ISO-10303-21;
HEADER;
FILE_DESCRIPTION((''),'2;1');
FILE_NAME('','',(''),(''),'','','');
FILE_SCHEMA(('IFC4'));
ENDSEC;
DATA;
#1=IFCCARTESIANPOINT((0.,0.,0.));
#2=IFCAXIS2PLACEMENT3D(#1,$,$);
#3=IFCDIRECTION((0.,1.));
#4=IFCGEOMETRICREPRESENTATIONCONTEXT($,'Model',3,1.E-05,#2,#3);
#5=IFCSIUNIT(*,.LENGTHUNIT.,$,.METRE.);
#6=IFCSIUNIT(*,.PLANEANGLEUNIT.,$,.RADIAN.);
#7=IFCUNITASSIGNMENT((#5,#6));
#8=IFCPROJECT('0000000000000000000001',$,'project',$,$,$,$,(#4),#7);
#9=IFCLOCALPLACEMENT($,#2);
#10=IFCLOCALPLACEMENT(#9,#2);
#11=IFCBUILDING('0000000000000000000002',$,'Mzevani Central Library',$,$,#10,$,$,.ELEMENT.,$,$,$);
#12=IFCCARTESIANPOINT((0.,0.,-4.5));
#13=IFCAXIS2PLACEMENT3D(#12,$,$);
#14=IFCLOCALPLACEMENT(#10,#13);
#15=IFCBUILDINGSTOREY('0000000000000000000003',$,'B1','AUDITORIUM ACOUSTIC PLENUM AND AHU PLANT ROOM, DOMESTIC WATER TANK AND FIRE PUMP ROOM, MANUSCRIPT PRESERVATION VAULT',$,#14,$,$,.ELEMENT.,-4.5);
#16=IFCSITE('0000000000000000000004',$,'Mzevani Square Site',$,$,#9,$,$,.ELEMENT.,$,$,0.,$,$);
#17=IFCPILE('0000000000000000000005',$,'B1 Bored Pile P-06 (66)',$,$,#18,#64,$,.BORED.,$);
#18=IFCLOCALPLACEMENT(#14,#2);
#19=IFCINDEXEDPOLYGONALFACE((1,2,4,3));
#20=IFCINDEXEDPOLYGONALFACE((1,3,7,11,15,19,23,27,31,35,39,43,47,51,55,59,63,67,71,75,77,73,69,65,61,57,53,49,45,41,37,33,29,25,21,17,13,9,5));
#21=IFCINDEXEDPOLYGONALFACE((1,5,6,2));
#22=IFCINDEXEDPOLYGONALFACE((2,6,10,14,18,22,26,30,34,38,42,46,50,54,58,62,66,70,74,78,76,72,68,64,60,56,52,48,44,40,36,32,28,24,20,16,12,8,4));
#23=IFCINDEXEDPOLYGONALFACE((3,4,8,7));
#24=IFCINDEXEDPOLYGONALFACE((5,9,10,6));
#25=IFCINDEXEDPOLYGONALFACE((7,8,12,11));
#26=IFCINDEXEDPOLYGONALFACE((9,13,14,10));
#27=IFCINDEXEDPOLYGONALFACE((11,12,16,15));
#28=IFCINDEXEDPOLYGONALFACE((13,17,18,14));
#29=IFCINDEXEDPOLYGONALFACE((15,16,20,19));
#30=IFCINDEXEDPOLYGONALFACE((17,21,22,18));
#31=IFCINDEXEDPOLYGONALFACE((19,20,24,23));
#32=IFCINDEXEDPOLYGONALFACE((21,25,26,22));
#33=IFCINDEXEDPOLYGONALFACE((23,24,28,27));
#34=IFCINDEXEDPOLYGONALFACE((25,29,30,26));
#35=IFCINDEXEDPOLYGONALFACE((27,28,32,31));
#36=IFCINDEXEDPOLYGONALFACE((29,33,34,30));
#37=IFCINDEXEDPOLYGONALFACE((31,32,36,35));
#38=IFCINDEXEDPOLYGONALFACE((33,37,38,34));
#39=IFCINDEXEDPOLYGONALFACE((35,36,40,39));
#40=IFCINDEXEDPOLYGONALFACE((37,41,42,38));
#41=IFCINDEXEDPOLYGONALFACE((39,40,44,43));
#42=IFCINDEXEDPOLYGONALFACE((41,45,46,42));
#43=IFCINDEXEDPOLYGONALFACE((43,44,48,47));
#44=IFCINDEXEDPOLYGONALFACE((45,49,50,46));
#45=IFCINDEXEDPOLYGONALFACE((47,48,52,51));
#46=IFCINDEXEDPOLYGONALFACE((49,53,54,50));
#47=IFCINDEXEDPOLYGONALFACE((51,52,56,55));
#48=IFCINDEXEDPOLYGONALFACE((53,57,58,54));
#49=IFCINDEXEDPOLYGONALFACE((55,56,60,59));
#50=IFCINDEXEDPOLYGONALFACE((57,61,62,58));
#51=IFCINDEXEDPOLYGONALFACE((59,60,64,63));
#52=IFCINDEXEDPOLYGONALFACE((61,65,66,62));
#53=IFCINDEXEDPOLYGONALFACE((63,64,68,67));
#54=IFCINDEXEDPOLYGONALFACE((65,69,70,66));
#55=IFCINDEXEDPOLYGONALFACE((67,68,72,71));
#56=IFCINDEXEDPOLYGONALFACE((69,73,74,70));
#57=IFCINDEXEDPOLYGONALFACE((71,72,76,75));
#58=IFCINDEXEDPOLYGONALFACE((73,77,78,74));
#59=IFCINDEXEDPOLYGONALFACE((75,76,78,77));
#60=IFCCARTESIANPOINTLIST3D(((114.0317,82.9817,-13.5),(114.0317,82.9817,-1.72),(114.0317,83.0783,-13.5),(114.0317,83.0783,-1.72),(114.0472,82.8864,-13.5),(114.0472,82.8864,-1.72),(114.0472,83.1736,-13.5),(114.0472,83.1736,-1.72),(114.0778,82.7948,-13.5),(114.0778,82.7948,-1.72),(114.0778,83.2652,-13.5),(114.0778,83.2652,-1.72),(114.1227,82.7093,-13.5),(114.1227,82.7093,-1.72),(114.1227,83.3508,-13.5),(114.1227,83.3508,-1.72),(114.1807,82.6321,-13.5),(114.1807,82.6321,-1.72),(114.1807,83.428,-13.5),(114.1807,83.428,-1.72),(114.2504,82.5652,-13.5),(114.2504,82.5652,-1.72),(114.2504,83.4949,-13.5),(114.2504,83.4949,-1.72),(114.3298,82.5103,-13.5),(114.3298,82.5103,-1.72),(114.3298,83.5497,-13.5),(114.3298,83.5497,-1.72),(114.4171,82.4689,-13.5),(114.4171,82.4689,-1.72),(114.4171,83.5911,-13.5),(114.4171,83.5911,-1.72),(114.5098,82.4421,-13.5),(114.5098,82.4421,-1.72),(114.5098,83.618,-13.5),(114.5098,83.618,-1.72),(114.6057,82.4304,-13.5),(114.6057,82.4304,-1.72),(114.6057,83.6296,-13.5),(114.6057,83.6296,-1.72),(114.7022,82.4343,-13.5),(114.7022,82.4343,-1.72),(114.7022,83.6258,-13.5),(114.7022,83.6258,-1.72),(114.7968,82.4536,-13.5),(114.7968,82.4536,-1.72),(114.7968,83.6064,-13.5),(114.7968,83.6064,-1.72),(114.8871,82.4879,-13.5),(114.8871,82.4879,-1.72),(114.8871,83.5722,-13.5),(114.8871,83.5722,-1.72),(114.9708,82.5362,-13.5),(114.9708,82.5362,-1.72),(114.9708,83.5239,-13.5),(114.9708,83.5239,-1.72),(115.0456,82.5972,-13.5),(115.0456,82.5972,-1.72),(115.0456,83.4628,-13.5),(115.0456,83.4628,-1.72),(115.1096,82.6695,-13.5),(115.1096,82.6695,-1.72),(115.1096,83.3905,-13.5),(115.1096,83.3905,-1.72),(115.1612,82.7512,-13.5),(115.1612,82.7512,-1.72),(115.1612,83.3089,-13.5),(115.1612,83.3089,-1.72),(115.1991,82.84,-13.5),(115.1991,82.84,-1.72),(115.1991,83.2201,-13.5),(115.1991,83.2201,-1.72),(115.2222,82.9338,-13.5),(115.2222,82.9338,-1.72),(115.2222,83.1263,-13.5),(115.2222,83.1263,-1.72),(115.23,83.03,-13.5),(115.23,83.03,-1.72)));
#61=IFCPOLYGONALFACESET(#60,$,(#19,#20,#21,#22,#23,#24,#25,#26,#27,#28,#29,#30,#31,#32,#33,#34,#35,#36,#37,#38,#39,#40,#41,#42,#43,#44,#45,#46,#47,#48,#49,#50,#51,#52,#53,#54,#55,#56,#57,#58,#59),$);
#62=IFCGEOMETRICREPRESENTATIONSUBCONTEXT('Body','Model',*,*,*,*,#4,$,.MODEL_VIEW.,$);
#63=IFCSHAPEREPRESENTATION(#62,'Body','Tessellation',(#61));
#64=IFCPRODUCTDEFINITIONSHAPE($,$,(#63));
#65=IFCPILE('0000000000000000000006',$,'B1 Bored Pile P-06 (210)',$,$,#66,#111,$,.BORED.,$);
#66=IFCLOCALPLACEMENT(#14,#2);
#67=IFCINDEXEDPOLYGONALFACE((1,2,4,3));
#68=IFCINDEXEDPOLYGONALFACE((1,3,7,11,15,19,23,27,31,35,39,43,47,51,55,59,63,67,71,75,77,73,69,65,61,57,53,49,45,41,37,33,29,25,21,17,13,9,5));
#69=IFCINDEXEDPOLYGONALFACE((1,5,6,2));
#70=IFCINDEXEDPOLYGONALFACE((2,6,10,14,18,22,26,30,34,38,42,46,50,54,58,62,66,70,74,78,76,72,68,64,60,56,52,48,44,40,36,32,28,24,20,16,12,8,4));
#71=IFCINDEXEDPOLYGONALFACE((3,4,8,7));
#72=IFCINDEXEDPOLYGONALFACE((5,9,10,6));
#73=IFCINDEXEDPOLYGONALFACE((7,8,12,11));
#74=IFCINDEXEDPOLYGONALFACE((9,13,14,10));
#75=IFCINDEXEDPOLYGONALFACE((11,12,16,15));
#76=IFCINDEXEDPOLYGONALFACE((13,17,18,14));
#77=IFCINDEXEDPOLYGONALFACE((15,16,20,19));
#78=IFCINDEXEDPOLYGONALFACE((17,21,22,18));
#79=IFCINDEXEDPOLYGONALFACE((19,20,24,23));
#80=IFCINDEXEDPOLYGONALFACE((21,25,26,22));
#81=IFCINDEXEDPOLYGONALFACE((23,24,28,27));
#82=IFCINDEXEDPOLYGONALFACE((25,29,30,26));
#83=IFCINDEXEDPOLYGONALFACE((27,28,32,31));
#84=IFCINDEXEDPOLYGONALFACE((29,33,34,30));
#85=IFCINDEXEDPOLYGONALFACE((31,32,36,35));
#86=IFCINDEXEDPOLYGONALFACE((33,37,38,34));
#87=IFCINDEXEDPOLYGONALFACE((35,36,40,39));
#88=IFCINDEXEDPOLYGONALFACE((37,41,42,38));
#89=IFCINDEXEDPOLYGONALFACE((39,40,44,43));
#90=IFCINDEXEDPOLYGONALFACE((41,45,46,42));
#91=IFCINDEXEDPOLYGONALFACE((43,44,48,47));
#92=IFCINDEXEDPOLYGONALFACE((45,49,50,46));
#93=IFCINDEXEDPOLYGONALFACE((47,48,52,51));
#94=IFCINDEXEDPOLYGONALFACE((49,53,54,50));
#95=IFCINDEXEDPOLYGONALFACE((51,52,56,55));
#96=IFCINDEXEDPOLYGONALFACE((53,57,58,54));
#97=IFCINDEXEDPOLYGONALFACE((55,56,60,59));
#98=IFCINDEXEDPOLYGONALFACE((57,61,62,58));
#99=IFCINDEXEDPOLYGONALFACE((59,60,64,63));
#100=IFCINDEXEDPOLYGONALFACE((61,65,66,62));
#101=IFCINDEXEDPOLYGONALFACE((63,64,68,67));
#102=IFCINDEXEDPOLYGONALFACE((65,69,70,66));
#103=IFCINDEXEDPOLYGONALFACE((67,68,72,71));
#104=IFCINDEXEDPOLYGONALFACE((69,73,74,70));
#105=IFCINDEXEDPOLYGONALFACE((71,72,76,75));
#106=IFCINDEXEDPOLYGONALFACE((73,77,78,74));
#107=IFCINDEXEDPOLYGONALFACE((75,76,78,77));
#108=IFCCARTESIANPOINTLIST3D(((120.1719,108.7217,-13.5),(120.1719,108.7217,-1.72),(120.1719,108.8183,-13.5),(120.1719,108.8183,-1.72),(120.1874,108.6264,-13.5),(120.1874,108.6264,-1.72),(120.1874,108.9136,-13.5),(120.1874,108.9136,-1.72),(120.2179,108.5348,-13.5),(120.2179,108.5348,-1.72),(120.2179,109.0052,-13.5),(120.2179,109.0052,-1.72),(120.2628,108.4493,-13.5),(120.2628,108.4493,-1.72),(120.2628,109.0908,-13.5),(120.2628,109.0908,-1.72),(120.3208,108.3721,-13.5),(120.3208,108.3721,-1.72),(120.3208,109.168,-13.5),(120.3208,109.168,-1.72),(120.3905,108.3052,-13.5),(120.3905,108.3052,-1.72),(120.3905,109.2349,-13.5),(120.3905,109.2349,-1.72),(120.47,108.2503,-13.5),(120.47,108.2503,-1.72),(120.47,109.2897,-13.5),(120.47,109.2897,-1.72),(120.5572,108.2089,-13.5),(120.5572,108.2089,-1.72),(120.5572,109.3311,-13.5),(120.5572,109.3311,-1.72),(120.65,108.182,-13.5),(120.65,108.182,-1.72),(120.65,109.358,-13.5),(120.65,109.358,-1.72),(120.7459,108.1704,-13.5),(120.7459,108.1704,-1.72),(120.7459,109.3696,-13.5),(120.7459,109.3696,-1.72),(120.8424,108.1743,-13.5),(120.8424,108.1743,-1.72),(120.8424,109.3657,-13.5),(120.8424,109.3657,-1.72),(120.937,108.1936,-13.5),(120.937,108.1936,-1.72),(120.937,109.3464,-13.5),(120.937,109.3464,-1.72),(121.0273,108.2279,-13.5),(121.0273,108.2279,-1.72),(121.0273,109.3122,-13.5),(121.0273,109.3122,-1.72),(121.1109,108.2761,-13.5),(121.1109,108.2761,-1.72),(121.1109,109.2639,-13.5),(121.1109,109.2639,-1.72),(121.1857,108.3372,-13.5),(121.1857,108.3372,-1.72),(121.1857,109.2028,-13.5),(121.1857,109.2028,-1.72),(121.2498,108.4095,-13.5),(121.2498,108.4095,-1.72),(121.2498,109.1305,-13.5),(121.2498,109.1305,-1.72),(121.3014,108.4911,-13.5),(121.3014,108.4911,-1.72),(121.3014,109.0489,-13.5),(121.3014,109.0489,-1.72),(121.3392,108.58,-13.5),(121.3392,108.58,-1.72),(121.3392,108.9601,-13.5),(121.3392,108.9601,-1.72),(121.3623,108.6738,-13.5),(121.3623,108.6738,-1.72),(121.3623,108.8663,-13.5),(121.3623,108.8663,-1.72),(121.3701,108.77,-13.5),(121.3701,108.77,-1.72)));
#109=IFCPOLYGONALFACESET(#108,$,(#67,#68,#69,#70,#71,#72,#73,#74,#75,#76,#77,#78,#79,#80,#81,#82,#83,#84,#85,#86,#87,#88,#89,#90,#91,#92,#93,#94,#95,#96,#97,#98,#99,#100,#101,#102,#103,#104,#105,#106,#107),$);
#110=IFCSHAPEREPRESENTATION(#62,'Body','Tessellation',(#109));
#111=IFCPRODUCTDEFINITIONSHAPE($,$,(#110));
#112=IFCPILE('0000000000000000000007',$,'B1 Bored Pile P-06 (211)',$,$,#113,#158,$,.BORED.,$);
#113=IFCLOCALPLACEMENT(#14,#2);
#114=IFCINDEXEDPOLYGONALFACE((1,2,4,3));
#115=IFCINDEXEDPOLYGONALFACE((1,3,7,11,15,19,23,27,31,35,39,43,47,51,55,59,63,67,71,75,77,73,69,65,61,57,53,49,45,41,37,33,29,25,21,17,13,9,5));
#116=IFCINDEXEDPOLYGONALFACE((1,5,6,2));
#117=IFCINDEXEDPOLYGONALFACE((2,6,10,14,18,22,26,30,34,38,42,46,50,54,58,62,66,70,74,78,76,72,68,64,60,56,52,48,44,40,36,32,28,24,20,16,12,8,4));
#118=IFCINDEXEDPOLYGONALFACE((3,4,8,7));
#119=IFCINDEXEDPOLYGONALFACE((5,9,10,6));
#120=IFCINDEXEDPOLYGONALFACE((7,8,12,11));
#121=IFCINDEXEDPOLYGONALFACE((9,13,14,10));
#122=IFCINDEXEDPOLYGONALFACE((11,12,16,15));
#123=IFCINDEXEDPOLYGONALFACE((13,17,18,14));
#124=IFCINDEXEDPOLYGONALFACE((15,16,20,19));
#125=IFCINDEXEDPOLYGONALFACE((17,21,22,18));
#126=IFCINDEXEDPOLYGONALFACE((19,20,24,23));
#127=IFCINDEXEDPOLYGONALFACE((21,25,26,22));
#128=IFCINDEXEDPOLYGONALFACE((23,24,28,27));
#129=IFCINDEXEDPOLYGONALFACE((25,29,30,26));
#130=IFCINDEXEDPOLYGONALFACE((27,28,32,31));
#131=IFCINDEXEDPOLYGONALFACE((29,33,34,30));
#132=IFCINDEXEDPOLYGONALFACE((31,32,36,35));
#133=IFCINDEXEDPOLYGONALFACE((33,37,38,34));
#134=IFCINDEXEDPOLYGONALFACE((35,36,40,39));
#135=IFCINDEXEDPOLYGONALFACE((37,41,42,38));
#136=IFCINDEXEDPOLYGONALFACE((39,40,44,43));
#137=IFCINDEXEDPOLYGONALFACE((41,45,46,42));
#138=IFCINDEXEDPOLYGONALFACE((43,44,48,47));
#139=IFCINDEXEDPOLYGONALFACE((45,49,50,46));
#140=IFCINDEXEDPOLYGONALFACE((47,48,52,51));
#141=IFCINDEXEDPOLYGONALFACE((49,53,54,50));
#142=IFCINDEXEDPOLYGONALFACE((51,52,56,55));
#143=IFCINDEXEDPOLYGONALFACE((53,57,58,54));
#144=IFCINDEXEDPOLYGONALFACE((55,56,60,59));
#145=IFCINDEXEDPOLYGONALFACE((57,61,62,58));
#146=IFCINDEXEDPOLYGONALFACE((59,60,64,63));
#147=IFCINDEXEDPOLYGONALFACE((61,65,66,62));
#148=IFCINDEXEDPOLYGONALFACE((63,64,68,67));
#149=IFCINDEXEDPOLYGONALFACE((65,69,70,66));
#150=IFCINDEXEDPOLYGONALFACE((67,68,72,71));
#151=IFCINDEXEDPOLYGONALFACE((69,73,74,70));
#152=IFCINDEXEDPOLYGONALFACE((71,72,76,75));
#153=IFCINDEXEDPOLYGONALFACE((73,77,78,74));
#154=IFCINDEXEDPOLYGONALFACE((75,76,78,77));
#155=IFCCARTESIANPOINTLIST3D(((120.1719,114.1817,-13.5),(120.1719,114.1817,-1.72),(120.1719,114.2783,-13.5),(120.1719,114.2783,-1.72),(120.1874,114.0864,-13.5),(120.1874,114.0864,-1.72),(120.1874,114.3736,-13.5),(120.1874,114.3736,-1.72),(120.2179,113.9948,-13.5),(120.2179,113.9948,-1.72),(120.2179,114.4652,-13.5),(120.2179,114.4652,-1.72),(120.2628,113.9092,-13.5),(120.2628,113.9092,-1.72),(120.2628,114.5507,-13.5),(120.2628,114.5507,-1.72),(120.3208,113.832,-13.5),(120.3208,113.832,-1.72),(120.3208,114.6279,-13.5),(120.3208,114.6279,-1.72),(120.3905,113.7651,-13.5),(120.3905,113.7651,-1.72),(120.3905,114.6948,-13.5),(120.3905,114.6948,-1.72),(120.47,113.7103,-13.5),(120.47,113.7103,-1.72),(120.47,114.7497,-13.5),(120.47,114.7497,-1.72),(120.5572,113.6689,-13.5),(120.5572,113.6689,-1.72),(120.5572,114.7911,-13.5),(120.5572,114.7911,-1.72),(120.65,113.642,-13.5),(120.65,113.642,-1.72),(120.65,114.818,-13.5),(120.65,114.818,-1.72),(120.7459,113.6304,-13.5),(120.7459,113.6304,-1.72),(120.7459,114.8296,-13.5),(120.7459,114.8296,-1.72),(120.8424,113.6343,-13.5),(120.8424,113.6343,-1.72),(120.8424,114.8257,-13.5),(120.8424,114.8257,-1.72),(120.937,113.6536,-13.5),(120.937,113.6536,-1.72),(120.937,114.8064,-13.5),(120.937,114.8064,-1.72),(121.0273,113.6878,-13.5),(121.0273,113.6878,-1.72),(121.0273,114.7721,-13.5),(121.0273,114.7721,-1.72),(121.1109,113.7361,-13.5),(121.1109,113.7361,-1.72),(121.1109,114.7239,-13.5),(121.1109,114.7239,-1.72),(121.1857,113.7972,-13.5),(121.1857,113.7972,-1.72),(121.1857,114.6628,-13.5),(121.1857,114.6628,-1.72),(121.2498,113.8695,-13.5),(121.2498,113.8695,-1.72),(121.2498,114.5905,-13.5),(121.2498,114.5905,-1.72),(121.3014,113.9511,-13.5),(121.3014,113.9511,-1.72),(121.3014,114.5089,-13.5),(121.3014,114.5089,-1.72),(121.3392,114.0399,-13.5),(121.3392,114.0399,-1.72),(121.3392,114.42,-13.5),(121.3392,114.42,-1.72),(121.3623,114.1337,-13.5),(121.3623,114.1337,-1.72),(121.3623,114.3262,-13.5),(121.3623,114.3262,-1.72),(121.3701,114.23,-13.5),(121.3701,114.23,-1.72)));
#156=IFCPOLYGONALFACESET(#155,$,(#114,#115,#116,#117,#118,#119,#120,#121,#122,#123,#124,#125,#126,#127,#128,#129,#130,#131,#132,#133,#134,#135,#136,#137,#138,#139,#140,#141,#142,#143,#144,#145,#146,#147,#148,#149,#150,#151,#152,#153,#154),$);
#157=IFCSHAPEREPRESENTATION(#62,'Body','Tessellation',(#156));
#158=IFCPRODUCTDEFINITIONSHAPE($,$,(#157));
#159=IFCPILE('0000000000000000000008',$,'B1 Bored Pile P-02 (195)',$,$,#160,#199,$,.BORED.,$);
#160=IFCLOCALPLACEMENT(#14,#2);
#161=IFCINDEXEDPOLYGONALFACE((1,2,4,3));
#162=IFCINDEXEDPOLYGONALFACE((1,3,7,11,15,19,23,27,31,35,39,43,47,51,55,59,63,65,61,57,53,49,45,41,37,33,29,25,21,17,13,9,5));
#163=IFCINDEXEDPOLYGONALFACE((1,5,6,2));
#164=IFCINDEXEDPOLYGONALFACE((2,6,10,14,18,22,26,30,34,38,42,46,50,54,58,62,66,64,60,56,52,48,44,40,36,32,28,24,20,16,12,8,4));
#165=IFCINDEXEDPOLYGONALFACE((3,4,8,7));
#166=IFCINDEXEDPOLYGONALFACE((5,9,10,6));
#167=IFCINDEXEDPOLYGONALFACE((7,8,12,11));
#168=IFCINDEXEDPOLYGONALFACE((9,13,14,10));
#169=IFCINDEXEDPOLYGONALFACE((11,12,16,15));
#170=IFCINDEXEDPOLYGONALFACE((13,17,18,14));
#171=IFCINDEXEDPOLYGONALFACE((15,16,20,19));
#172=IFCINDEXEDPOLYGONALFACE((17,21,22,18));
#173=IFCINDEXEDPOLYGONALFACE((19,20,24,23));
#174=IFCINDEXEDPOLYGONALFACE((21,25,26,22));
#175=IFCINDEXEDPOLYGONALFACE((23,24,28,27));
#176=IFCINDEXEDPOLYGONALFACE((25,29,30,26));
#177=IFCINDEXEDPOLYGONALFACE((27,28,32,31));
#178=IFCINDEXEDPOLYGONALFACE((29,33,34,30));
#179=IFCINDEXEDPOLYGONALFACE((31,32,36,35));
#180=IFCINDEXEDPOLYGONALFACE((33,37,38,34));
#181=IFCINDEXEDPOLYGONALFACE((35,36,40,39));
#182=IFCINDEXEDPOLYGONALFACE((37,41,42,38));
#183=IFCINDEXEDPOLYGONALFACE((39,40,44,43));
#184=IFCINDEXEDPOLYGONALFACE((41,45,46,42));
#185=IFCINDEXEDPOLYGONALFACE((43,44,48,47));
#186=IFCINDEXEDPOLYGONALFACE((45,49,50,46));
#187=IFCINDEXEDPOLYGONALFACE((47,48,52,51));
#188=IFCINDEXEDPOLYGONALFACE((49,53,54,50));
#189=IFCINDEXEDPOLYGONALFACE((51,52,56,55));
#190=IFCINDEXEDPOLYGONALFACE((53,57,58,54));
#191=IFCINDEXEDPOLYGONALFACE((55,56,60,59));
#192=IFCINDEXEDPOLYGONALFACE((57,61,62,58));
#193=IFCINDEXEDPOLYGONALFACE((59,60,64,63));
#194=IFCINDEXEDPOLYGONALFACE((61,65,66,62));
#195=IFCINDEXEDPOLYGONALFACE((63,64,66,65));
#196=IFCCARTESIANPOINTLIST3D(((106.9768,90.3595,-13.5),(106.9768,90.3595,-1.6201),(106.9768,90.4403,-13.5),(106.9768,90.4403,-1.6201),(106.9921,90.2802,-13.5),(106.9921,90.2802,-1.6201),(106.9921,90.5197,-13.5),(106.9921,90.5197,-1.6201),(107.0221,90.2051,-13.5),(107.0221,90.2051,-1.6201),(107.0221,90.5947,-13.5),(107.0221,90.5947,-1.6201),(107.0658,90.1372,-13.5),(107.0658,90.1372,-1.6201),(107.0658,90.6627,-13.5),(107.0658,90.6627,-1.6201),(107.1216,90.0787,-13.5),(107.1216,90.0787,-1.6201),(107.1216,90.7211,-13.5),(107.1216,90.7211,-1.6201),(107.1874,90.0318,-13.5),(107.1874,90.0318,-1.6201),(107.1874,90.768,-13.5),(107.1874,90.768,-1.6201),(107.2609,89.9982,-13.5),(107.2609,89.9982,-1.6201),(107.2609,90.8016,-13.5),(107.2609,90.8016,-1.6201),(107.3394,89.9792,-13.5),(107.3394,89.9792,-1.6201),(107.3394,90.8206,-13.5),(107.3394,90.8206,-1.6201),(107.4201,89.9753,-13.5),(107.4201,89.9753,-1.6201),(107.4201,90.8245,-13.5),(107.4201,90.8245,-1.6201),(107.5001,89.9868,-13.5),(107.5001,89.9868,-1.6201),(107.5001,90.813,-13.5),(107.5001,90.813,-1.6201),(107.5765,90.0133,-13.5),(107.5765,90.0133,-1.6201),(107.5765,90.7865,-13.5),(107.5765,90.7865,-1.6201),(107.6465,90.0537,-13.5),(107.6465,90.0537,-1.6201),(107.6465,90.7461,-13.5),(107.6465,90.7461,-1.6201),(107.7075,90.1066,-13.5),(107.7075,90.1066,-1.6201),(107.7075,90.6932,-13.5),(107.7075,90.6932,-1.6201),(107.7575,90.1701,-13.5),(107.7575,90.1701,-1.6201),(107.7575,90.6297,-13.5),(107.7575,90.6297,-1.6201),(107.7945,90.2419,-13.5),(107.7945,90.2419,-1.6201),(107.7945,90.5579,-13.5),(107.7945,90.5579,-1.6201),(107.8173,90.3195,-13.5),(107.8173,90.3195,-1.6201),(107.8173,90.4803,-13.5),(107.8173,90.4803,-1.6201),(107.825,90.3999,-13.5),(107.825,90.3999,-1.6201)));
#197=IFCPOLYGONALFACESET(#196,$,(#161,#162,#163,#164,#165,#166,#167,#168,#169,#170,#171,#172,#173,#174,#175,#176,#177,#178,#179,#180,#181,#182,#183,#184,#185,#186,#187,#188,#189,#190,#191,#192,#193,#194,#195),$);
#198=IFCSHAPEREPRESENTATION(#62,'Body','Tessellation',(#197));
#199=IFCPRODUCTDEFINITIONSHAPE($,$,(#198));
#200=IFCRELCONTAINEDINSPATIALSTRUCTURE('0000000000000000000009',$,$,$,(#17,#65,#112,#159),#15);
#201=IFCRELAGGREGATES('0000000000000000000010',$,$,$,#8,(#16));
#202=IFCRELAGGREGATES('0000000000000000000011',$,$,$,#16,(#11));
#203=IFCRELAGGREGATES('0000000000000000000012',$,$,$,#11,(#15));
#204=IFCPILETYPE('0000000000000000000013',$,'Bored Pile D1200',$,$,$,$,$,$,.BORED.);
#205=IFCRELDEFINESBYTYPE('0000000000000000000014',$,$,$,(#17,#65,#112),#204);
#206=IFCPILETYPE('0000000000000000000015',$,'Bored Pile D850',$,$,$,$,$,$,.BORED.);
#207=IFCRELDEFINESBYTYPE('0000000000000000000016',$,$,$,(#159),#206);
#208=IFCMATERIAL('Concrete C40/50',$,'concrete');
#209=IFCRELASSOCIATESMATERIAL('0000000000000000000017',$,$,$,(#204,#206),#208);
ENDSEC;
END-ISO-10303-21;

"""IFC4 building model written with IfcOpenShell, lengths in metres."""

from ifc_helpers import new_model, si_unit, direction, frame, origin, origin_2d, place, context, subcontext, project, spatial, circle, extrude, material, material_profile, profile_set, type_object, element, save


model = new_model("IFC4")

# Units and contexts
model_context = context("Model", 3, precision=1e-05, world=origin(), true_north=direction((0.0, 1.0)))
body_context = subcontext(model_context, "Body", "Model", "MODEL_VIEW")
ifc_project = project(units=[si_unit("LENGTHUNIT", "METRE"), si_unit("PLANEANGLEUNIT", "RADIAN")], contexts=[model_context])

# Site, building, storey
site_placement = place(None, origin())
site = spatial("IfcSite", under=ifc_project, at=site_placement, Name="Mzevani Square Site", CompositionType="ELEMENT", RefElevation=0.0)
building_placement = place(site_placement, origin())
building = spatial("IfcBuilding", under=site, at=building_placement, Name="Mzevani Central Library", CompositionType="ELEMENT")
storey_placement = place(building_placement, frame((0.0, 0.0, -4.5)))
storey = spatial("IfcBuildingStorey", under=building, at=storey_placement, Name="B1", Description="AUDITORIUM ACOUSTIC PLENUM AND AHU PLANT ROOM, DOMESTIC WATER TANK AND FIRE PUMP ROOM, MANUSCRIPT PRESERVATION VAULT", CompositionType="ELEMENT", Elevation=-4.5)

# Piles
ifc_material = material(Name="Concrete C40/50", Category="concrete")
ifc_material_profile_1 = material_profile(ifc_material, circle(Radius=0.6001, at=origin_2d()), Name="PILE D1200")
ifc_profile_set_1 = profile_set([ifc_material_profile_1], Name="Concrete C40/50")
pile_type_1 = type_object("IfcPileType", Name="Bored Pile D1200", PredefinedType="BORED", material=ifc_profile_set_1)
for number, where, z_axis, x_axis, name in (
    (1, (114.6299, 83.03, -1.72), (0.0, 0.0, -1.0), (1.0, 0.0, 0.0), "B1 Bored Pile P-06 (66)"),
    (2, (120.77, 108.77, -1.72), (0.0, 0.0, -1.0), (1.0, 0.0, 0.0), "B1 Bored Pile P-06 (210)"),
    (3, (120.77, 114.23, -1.72), (0.0, 0.0, -1.0), (1.0, 0.0, 0.0), "B1 Bored Pile P-06 (211)"),
):
    element("IfcPile", number, at=place(storey_placement, frame(where, z_axis=z_axis, x_axis=x_axis)), inside=storey, type_object=pile_type_1, Name=name, PredefinedType="BORED", context=body_context, shape_type="SweptSolid", body=[
        extrude(circle(Radius=0.6001, at=origin_2d()), origin(), (0.0, 0.0, 1.0), 11.78),
    ])
ifc_material_profile_2 = material_profile(ifc_material, circle(Radius=0.425, at=origin_2d()), Name="PILE D850")
ifc_profile_set_2 = profile_set([ifc_material_profile_2], Name="Concrete C40/50")
pile_type_2 = type_object("IfcPileType", Name="Bored Pile D850", PredefinedType="BORED", material=ifc_profile_set_2)
for number, where, z_axis, x_axis, name in (
    (4, (107.3999, 90.3999, -1.6201), (0.0, 0.0, -1.0), (1.0, 0.0, 0.0), "B1 Bored Pile P-02 (195)"),
):
    element("IfcPile", number, at=place(storey_placement, frame(where, z_axis=z_axis, x_axis=x_axis)), inside=storey, type_object=pile_type_2, Name=name, PredefinedType="BORED", context=body_context, shape_type="SweptSolid", body=[
        extrude(circle(Radius=0.425, at=origin_2d()), origin(), (0.0, 0.0, 1.0), 11.8799),
    ])

save(model, "model.ifc")
